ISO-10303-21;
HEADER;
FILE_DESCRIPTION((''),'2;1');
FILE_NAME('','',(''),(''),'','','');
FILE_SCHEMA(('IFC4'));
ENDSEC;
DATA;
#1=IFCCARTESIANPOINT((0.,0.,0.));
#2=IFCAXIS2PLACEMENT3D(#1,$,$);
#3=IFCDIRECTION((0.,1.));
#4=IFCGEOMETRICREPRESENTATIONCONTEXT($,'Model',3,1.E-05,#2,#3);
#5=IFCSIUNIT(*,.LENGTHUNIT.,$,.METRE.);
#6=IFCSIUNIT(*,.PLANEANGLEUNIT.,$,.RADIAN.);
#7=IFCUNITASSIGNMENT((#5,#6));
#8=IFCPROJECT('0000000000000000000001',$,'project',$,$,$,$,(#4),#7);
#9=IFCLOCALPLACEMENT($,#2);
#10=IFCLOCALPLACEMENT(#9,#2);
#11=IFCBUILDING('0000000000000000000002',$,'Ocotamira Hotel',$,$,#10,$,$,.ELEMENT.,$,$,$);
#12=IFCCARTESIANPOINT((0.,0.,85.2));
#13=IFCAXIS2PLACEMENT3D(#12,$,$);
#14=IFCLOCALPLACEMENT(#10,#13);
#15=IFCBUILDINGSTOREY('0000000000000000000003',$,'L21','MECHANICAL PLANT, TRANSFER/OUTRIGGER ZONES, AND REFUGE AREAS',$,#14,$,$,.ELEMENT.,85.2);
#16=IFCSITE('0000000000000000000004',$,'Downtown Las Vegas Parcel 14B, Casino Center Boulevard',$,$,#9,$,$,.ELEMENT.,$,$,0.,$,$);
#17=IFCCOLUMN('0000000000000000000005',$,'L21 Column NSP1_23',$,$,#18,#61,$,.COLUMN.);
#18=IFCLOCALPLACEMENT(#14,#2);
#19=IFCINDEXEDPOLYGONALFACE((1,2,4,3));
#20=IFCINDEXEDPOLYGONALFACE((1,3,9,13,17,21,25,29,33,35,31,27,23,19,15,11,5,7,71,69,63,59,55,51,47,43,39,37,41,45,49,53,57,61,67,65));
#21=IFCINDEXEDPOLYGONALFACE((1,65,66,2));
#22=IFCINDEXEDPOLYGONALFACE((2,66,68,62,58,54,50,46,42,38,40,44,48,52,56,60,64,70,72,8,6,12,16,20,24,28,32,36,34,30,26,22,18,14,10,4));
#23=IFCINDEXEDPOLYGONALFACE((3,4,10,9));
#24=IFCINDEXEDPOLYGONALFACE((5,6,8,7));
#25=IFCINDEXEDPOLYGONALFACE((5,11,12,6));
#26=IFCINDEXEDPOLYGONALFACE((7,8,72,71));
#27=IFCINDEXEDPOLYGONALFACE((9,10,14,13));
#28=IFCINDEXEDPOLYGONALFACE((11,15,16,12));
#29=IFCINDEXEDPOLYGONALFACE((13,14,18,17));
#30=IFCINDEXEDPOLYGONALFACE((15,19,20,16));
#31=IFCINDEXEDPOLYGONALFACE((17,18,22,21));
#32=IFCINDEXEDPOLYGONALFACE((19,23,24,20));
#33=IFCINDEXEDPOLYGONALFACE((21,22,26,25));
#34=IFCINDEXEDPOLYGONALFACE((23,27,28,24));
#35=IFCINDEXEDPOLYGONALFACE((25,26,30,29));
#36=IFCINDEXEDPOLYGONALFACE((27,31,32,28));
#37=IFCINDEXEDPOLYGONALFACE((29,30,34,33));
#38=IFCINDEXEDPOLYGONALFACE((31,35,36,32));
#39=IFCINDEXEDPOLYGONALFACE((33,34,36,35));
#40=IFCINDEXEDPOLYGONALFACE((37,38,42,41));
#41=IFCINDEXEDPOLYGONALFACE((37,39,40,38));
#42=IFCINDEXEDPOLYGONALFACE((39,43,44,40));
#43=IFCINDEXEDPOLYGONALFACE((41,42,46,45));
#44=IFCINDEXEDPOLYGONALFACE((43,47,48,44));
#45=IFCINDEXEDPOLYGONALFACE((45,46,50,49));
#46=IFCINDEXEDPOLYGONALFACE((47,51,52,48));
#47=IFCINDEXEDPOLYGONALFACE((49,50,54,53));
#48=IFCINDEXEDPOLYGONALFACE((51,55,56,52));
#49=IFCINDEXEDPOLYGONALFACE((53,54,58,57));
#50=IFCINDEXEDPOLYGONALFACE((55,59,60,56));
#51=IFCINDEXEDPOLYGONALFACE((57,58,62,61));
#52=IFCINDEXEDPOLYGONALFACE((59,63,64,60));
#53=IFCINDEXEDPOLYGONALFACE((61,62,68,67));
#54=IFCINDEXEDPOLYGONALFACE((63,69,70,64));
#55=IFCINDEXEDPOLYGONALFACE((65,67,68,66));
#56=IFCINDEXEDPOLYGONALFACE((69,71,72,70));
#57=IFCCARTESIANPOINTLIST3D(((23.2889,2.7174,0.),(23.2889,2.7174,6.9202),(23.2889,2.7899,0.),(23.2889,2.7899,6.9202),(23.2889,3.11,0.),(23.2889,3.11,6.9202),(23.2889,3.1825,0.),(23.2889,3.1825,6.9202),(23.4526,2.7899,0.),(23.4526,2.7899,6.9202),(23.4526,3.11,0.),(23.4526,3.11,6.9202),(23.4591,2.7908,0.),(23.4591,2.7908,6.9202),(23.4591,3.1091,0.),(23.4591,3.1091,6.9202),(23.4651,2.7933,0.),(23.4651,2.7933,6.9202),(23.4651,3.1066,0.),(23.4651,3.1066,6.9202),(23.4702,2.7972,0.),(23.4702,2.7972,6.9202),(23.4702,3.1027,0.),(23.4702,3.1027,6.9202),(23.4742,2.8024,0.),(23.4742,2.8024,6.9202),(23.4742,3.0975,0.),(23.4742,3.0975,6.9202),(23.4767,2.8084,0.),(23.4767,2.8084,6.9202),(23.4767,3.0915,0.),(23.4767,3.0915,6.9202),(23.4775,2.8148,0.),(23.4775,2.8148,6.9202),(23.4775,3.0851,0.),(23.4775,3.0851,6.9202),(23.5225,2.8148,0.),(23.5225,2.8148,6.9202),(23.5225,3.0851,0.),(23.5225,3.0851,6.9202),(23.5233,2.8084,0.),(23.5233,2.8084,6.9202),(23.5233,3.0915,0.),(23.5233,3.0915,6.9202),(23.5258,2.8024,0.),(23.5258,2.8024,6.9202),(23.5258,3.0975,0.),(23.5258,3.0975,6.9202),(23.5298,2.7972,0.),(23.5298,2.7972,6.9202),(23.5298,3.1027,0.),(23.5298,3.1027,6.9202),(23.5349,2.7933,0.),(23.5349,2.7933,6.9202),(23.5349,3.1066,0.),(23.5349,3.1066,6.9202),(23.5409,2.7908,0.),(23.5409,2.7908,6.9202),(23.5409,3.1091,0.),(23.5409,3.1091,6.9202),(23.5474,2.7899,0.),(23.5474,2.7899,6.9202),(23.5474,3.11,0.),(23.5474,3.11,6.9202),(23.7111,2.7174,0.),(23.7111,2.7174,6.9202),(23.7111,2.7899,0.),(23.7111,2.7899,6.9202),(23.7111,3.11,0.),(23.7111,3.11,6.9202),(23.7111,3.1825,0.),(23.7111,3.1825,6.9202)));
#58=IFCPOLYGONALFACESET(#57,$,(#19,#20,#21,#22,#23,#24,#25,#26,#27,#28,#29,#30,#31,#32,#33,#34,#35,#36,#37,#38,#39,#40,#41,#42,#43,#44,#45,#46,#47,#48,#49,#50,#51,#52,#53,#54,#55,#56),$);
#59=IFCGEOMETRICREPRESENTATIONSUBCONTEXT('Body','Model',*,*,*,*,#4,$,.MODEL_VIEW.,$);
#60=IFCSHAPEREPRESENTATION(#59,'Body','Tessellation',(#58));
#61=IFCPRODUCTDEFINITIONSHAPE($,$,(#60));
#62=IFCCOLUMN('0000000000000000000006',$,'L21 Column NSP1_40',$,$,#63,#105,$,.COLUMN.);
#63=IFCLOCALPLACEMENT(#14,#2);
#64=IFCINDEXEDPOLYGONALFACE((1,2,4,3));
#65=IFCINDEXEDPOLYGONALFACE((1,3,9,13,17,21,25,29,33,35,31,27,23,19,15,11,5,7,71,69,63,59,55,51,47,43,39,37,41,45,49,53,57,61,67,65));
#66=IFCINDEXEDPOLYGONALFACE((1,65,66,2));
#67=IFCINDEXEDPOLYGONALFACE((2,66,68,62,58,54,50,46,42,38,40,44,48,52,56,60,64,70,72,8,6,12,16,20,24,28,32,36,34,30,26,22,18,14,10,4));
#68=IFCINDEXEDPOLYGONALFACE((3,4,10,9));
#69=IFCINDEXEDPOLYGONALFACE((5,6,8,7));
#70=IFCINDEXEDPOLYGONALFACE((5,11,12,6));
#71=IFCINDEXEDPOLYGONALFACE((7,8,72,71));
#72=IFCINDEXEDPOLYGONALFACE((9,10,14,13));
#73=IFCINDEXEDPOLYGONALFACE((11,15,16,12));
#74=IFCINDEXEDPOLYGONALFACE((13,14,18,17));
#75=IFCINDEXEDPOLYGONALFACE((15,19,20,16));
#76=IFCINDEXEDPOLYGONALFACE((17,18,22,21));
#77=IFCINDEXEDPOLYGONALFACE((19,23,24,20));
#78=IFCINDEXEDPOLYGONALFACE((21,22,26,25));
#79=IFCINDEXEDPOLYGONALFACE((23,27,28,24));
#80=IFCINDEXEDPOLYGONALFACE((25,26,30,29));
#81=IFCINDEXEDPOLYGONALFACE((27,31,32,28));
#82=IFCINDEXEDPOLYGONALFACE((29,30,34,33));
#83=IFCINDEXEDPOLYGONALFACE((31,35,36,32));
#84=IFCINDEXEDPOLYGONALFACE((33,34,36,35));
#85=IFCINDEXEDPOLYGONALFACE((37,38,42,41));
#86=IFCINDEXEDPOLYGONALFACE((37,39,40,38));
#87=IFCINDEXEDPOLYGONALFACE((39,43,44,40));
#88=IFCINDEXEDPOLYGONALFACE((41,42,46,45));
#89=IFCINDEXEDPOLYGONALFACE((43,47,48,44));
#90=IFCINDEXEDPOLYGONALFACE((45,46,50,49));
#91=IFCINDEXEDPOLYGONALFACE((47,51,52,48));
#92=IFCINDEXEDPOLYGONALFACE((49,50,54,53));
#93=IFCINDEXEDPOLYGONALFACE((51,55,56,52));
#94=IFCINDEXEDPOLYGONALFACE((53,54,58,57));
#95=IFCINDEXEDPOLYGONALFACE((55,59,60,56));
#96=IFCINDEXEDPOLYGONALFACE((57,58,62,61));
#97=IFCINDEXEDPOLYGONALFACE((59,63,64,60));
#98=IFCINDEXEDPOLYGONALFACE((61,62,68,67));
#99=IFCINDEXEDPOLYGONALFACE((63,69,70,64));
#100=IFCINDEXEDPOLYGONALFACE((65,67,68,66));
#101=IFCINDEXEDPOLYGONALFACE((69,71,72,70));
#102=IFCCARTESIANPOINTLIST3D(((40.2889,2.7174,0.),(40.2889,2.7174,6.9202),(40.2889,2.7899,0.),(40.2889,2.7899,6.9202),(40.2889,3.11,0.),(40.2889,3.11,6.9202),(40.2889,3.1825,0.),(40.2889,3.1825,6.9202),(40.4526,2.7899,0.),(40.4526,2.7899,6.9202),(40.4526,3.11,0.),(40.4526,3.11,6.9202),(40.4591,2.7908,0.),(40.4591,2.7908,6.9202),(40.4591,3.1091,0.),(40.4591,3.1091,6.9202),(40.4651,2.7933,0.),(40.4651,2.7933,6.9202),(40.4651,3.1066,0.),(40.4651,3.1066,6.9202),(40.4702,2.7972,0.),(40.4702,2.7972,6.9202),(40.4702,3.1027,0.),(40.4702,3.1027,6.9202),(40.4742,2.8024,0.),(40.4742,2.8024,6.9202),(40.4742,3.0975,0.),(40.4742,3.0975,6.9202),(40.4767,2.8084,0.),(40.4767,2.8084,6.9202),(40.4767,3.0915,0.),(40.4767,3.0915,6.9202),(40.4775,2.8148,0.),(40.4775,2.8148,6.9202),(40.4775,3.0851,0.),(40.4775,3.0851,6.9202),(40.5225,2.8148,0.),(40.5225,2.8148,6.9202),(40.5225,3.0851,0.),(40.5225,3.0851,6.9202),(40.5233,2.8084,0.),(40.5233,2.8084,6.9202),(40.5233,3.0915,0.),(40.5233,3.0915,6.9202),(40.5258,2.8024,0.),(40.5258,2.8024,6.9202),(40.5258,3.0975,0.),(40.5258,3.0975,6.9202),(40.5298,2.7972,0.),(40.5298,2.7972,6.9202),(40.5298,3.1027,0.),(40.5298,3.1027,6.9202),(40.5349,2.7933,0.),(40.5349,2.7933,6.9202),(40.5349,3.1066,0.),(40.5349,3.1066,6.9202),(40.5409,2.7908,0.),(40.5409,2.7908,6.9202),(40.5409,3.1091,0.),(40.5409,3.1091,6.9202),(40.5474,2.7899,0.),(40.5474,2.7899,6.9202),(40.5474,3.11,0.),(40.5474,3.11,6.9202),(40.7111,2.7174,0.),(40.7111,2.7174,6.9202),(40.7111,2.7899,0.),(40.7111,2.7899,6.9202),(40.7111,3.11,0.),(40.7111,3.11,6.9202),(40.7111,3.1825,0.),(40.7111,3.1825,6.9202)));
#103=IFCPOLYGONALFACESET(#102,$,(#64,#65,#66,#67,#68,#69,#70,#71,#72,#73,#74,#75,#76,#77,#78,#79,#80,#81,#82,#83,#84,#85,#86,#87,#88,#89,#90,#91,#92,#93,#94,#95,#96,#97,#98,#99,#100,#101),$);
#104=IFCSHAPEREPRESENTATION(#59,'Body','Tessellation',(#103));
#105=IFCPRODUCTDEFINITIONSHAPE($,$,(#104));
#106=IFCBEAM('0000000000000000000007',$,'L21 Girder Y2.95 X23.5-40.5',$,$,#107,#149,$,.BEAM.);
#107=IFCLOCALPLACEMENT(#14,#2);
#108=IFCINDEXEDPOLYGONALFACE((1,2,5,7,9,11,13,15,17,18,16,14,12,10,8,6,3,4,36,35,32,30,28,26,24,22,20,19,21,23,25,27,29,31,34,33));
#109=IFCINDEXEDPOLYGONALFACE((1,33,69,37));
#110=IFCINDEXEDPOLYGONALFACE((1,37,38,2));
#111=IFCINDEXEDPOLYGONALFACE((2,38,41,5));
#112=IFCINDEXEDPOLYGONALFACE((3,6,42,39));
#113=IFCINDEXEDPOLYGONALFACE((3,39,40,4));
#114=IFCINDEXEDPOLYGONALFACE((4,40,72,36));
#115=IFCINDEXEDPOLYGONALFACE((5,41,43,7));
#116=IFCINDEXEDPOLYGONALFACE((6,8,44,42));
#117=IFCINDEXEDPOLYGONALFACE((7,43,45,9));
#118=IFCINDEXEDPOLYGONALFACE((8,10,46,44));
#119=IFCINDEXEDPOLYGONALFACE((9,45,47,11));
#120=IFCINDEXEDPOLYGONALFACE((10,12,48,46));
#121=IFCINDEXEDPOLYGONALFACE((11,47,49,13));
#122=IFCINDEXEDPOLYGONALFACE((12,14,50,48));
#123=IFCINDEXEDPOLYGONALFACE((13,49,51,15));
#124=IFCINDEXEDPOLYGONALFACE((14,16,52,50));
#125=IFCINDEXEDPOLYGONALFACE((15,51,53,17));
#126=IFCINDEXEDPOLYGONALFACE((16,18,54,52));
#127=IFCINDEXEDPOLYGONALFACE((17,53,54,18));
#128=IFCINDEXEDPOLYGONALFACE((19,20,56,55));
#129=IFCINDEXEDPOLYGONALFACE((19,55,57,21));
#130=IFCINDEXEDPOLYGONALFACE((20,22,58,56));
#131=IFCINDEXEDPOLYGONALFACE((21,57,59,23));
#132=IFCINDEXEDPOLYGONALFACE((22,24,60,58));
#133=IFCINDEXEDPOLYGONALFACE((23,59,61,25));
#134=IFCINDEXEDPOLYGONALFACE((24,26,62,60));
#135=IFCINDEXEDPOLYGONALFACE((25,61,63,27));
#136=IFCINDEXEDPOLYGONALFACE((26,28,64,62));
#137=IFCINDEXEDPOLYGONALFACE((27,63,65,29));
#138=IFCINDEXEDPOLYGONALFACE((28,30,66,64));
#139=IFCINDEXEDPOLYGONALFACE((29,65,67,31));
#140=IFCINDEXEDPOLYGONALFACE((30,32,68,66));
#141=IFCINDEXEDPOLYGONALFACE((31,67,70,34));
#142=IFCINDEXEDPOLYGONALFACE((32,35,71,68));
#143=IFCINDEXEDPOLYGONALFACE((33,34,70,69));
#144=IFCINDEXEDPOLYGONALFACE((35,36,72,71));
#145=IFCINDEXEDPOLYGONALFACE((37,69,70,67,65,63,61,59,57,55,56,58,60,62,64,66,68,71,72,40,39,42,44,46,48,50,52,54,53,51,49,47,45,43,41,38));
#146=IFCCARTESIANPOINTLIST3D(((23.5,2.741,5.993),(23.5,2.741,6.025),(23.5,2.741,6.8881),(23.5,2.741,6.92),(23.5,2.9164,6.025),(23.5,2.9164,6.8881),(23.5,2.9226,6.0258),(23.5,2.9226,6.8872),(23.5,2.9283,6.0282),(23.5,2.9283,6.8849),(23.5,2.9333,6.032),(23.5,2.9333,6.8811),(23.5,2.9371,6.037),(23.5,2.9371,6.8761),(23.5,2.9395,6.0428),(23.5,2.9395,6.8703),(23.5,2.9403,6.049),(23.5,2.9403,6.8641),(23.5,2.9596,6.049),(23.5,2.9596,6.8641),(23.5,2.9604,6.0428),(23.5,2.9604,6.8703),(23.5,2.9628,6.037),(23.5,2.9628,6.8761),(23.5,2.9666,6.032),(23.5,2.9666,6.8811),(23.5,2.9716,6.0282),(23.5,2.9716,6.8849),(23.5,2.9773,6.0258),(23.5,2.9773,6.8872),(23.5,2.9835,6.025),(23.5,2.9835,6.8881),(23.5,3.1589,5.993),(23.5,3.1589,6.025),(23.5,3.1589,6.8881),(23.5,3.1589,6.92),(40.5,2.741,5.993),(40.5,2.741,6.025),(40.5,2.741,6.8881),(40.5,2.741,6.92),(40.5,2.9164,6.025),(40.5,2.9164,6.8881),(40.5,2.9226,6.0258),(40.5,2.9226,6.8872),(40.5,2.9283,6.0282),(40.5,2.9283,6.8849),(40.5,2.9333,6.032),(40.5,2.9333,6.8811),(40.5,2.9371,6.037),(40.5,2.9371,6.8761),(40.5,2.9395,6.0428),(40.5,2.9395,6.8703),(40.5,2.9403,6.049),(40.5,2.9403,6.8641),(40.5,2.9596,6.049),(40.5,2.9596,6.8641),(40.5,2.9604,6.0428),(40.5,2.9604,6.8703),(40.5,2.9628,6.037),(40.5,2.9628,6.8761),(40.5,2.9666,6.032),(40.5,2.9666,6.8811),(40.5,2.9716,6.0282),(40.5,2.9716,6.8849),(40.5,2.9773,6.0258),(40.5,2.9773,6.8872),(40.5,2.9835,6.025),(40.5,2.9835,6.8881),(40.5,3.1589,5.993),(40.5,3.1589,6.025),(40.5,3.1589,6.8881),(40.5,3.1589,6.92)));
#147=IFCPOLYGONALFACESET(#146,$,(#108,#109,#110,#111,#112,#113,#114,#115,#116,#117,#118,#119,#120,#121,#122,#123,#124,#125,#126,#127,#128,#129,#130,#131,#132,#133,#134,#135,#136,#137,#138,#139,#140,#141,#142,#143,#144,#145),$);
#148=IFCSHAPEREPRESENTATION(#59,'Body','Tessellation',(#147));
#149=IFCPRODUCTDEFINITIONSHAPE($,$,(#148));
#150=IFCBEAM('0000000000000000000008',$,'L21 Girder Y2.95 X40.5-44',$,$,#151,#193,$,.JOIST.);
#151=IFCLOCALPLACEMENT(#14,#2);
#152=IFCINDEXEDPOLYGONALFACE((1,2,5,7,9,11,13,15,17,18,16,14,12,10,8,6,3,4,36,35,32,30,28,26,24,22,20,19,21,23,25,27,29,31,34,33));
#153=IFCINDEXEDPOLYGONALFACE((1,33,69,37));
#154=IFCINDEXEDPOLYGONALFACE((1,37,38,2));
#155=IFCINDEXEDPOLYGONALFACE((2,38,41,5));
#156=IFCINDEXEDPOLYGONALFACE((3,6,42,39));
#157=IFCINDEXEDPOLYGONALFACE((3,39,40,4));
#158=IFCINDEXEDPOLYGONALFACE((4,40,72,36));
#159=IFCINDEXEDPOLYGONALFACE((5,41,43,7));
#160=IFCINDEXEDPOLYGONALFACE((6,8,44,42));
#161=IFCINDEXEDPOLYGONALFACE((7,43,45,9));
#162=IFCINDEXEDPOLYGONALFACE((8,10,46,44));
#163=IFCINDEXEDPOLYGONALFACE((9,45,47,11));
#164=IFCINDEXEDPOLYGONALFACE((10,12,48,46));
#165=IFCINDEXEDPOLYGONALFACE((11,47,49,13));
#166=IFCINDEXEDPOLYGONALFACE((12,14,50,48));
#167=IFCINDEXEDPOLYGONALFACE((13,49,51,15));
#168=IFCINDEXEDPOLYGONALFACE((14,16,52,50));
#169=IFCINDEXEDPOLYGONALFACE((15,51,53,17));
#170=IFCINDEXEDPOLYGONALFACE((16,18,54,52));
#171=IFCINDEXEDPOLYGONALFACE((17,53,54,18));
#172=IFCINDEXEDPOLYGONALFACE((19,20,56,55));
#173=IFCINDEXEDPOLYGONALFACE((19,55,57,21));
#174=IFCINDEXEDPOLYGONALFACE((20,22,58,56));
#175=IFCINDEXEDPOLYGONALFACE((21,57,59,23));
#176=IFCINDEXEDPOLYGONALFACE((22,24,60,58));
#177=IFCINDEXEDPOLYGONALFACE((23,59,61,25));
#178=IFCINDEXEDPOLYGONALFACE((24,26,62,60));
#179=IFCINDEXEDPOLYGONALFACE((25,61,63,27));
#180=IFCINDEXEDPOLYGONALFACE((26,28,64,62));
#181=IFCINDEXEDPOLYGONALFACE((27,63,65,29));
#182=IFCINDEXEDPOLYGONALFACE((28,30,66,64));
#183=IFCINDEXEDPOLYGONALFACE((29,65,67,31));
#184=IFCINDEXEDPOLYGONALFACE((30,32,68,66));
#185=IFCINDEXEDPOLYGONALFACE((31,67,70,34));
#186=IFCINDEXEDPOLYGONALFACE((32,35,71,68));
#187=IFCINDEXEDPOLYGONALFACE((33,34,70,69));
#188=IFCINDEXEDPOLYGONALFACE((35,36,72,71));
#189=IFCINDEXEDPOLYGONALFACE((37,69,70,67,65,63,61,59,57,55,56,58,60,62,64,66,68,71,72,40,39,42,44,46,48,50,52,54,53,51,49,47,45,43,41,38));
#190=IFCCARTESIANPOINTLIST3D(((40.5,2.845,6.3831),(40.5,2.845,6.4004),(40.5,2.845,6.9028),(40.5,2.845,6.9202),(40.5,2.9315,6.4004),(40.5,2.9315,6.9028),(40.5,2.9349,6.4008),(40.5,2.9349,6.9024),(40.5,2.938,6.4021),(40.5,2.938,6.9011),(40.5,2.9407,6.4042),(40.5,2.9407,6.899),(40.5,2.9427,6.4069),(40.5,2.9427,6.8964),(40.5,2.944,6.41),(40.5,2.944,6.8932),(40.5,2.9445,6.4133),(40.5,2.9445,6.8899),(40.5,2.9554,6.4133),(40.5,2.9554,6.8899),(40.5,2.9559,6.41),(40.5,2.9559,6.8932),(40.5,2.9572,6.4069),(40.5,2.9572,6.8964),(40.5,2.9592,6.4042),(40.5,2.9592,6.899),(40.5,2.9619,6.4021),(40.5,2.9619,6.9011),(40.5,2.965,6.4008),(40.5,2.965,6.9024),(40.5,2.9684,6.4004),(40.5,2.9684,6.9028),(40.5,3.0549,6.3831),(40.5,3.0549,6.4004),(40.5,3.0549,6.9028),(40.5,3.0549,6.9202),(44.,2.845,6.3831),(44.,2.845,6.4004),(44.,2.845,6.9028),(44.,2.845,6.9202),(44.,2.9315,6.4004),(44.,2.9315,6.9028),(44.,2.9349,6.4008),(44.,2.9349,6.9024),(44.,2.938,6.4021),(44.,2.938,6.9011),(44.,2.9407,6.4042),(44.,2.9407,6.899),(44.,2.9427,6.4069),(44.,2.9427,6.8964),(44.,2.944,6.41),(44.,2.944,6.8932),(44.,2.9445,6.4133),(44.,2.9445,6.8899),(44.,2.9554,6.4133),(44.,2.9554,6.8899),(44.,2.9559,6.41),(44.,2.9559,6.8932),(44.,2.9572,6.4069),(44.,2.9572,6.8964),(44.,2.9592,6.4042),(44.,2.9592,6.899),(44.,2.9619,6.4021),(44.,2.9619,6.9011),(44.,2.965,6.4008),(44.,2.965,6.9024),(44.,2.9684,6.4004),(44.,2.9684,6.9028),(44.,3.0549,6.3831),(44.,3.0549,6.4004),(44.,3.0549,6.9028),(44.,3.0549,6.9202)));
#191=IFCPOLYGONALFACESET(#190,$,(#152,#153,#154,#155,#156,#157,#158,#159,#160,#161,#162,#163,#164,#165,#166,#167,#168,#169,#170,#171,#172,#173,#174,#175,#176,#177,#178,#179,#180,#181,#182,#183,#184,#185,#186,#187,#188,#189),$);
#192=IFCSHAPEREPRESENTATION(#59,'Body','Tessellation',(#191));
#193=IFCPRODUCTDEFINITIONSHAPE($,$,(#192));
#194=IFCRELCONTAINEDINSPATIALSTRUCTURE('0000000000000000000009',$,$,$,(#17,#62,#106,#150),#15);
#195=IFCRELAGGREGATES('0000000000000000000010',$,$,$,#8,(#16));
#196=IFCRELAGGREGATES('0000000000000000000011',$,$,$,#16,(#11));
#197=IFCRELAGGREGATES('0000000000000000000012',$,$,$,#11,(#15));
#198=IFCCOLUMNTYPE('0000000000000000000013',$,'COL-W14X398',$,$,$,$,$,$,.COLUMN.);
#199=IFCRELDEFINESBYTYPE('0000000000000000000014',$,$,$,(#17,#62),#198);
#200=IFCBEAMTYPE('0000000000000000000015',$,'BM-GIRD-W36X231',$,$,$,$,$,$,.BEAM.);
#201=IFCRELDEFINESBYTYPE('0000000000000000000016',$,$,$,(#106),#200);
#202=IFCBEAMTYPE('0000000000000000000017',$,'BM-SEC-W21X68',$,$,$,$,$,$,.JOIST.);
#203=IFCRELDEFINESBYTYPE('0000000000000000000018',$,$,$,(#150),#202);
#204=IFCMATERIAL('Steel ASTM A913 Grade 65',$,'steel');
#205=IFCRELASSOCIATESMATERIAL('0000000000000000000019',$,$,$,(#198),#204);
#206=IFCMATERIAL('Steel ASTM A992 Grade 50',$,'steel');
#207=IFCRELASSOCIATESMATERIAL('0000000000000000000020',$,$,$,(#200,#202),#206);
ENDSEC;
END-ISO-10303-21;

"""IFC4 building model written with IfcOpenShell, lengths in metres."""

from ifc_helpers import new_model, si_unit, direction, frame, origin, origin_2d, place, context, subcontext, project, spatial, i_section, extrude, source, transform, mapped, material, material_profile, profile_set, type_object, element, save


model = new_model("IFC4")

# Units and contexts
model_context = context("Model", 3, precision=1e-05, world=origin(), true_north=direction((0.0, 1.0)))
body_context = subcontext(model_context, "Body", "Model", "MODEL_VIEW")
ifc_project = project(units=[si_unit("LENGTHUNIT", "METRE"), si_unit("PLANEANGLEUNIT", "RADIAN")], contexts=[model_context])

# Site, building, storey
site_placement = place(None, origin())
site = spatial("IfcSite", under=ifc_project, at=site_placement, Name="Downtown Las Vegas Parcel 14B, Casino Center Boulevard", CompositionType="ELEMENT", RefElevation=0.0)
building_placement = place(site_placement, origin())
building = spatial("IfcBuilding", under=site, at=building_placement, Name="Ocotamira Hotel", CompositionType="ELEMENT")
storey_placement = place(building_placement, frame((0.0, 0.0, 85.2)))
storey = spatial("IfcBuildingStorey", under=building, at=storey_placement, Name="L21", Description="MECHANICAL PLANT, TRANSFER/OUTRIGGER ZONES, AND REFUGE AREAS", CompositionType="ELEMENT", Elevation=85.2)

# Columns
ifc_material_1 = material(Name="Steel ASTM A913 Grade 65", Category="steel")
ifc_material_profile_1 = material_profile(ifc_material_1, i_section(OverallWidth=0.4221, OverallDepth=0.4651, WebThickness=0.0449, FlangeThickness=0.0725, FilletRadius=0.0249, at=origin_2d()), Name="W14X398")
ifc_profile_set_1 = profile_set([ifc_material_profile_1], Name="Steel ASTM A913 Grade 65")
column_type = type_object("IfcColumnType", Name="COL-W14X398", PredefinedType="COLUMN", material=ifc_profile_set_1)
shared_shape_1 = source(origin(), body_context, "Body", "SweptSolid", [
    extrude(i_section(OverallWidth=0.4221, OverallDepth=0.4651, WebThickness=0.0449, FlangeThickness=0.0725, FilletRadius=0.0249, at=origin_2d()), origin(), (0.0, 0.0, 1.0), 6.9202),
])
for number, where, z_axis, x_axis, name in (
    (1, (23.5, 2.95, 0.0), (0.0, 0.0, 1.0), (1.0, 0.0, 0.0), "L21 Column NSP1_23"),
    (2, (40.5, 2.95, 0.0), (0.0, 0.0, 1.0), (1.0, 0.0, 0.0), "L21 Column NSP1_40"),
):
    element("IfcColumn", number, at=place(storey_placement, frame(where, z_axis=z_axis, x_axis=x_axis)), inside=storey, type_object=column_type, Name=name, PredefinedType="COLUMN", context=body_context, shape_type="MappedRepresentation", body=[
        mapped(shared_shape_1, transform((0.0, 0.0, 0.0), scale=1.0)),
    ])

# Beams
ifc_material_2 = material(Name="Steel ASTM A992 Grade 50", Category="steel")
ifc_material_profile_2 = material_profile(ifc_material_2, i_section(OverallWidth=0.418, OverallDepth=0.927, WebThickness=0.0193, FlangeThickness=0.032, FilletRadius=0.0239, at=origin_2d()), Name="W36X231")
ifc_profile_set_2 = profile_set([ifc_material_profile_2], Name="Steel ASTM A992 Grade 50")
beam_type_1 = type_object("IfcBeamType", Name="BM-GIRD-W36X231", PredefinedType="BEAM", material=ifc_profile_set_2)
shared_shape_2 = source(origin(), body_context, "Body", "SweptSolid", [
    extrude(i_section(OverallWidth=0.418, OverallDepth=0.927, WebThickness=0.0193, FlangeThickness=0.032, FilletRadius=0.0239, at=origin_2d()), origin(), (0.0, 0.0, 1.0), 17.0),
])
beam_1_placement = place(storey_placement, frame((23.5, 2.95, 6.4565), z_axis=(1.0, 0.0, 0.0), x_axis=(0.0, 1.0, 0.0)))
element("IfcBeam", 3, at=beam_1_placement, inside=storey, type_object=beam_type_1, Name="L21 Girder Y2.95 X23.5-40.5", PredefinedType="BEAM", context=body_context, shape_type="MappedRepresentation", body=[
    mapped(shared_shape_2, transform((0.0, 0.0, 0.0), scale=1.0)),
])
ifc_material_profile_3 = material_profile(ifc_material_2, i_section(OverallWidth=0.21, OverallDepth=0.5371, WebThickness=0.011, FlangeThickness=0.0173, FilletRadius=0.0129, at=origin_2d()), Name="W21X68")
ifc_profile_set_3 = profile_set([ifc_material_profile_3], Name="Steel ASTM A992 Grade 50")
beam_type_2 = type_object("IfcBeamType", Name="BM-SEC-W21X68", PredefinedType="JOIST", material=ifc_profile_set_3)
shared_shape_3 = source(origin(), body_context, "Body", "SweptSolid", [
    extrude(i_section(OverallWidth=0.21, OverallDepth=0.5371, WebThickness=0.011, FlangeThickness=0.0173, FilletRadius=0.0129, at=origin_2d()), origin(), (0.0, 0.0, 1.0), 3.5),
])
beam_2_placement = place(storey_placement, frame((40.5, 2.95, 6.6516), z_axis=(1.0, 0.0, 0.0), x_axis=(0.0, 1.0, 0.0)))
element("IfcBeam", 4, at=beam_2_placement, inside=storey, type_object=beam_type_2, Name="L21 Girder Y2.95 X40.5-44", PredefinedType="JOIST", context=body_context, shape_type="MappedRepresentation", body=[
    mapped(shared_shape_3, transform((0.0, 0.0, 0.0), scale=1.0)),
])

save(model, "model.ifc")
